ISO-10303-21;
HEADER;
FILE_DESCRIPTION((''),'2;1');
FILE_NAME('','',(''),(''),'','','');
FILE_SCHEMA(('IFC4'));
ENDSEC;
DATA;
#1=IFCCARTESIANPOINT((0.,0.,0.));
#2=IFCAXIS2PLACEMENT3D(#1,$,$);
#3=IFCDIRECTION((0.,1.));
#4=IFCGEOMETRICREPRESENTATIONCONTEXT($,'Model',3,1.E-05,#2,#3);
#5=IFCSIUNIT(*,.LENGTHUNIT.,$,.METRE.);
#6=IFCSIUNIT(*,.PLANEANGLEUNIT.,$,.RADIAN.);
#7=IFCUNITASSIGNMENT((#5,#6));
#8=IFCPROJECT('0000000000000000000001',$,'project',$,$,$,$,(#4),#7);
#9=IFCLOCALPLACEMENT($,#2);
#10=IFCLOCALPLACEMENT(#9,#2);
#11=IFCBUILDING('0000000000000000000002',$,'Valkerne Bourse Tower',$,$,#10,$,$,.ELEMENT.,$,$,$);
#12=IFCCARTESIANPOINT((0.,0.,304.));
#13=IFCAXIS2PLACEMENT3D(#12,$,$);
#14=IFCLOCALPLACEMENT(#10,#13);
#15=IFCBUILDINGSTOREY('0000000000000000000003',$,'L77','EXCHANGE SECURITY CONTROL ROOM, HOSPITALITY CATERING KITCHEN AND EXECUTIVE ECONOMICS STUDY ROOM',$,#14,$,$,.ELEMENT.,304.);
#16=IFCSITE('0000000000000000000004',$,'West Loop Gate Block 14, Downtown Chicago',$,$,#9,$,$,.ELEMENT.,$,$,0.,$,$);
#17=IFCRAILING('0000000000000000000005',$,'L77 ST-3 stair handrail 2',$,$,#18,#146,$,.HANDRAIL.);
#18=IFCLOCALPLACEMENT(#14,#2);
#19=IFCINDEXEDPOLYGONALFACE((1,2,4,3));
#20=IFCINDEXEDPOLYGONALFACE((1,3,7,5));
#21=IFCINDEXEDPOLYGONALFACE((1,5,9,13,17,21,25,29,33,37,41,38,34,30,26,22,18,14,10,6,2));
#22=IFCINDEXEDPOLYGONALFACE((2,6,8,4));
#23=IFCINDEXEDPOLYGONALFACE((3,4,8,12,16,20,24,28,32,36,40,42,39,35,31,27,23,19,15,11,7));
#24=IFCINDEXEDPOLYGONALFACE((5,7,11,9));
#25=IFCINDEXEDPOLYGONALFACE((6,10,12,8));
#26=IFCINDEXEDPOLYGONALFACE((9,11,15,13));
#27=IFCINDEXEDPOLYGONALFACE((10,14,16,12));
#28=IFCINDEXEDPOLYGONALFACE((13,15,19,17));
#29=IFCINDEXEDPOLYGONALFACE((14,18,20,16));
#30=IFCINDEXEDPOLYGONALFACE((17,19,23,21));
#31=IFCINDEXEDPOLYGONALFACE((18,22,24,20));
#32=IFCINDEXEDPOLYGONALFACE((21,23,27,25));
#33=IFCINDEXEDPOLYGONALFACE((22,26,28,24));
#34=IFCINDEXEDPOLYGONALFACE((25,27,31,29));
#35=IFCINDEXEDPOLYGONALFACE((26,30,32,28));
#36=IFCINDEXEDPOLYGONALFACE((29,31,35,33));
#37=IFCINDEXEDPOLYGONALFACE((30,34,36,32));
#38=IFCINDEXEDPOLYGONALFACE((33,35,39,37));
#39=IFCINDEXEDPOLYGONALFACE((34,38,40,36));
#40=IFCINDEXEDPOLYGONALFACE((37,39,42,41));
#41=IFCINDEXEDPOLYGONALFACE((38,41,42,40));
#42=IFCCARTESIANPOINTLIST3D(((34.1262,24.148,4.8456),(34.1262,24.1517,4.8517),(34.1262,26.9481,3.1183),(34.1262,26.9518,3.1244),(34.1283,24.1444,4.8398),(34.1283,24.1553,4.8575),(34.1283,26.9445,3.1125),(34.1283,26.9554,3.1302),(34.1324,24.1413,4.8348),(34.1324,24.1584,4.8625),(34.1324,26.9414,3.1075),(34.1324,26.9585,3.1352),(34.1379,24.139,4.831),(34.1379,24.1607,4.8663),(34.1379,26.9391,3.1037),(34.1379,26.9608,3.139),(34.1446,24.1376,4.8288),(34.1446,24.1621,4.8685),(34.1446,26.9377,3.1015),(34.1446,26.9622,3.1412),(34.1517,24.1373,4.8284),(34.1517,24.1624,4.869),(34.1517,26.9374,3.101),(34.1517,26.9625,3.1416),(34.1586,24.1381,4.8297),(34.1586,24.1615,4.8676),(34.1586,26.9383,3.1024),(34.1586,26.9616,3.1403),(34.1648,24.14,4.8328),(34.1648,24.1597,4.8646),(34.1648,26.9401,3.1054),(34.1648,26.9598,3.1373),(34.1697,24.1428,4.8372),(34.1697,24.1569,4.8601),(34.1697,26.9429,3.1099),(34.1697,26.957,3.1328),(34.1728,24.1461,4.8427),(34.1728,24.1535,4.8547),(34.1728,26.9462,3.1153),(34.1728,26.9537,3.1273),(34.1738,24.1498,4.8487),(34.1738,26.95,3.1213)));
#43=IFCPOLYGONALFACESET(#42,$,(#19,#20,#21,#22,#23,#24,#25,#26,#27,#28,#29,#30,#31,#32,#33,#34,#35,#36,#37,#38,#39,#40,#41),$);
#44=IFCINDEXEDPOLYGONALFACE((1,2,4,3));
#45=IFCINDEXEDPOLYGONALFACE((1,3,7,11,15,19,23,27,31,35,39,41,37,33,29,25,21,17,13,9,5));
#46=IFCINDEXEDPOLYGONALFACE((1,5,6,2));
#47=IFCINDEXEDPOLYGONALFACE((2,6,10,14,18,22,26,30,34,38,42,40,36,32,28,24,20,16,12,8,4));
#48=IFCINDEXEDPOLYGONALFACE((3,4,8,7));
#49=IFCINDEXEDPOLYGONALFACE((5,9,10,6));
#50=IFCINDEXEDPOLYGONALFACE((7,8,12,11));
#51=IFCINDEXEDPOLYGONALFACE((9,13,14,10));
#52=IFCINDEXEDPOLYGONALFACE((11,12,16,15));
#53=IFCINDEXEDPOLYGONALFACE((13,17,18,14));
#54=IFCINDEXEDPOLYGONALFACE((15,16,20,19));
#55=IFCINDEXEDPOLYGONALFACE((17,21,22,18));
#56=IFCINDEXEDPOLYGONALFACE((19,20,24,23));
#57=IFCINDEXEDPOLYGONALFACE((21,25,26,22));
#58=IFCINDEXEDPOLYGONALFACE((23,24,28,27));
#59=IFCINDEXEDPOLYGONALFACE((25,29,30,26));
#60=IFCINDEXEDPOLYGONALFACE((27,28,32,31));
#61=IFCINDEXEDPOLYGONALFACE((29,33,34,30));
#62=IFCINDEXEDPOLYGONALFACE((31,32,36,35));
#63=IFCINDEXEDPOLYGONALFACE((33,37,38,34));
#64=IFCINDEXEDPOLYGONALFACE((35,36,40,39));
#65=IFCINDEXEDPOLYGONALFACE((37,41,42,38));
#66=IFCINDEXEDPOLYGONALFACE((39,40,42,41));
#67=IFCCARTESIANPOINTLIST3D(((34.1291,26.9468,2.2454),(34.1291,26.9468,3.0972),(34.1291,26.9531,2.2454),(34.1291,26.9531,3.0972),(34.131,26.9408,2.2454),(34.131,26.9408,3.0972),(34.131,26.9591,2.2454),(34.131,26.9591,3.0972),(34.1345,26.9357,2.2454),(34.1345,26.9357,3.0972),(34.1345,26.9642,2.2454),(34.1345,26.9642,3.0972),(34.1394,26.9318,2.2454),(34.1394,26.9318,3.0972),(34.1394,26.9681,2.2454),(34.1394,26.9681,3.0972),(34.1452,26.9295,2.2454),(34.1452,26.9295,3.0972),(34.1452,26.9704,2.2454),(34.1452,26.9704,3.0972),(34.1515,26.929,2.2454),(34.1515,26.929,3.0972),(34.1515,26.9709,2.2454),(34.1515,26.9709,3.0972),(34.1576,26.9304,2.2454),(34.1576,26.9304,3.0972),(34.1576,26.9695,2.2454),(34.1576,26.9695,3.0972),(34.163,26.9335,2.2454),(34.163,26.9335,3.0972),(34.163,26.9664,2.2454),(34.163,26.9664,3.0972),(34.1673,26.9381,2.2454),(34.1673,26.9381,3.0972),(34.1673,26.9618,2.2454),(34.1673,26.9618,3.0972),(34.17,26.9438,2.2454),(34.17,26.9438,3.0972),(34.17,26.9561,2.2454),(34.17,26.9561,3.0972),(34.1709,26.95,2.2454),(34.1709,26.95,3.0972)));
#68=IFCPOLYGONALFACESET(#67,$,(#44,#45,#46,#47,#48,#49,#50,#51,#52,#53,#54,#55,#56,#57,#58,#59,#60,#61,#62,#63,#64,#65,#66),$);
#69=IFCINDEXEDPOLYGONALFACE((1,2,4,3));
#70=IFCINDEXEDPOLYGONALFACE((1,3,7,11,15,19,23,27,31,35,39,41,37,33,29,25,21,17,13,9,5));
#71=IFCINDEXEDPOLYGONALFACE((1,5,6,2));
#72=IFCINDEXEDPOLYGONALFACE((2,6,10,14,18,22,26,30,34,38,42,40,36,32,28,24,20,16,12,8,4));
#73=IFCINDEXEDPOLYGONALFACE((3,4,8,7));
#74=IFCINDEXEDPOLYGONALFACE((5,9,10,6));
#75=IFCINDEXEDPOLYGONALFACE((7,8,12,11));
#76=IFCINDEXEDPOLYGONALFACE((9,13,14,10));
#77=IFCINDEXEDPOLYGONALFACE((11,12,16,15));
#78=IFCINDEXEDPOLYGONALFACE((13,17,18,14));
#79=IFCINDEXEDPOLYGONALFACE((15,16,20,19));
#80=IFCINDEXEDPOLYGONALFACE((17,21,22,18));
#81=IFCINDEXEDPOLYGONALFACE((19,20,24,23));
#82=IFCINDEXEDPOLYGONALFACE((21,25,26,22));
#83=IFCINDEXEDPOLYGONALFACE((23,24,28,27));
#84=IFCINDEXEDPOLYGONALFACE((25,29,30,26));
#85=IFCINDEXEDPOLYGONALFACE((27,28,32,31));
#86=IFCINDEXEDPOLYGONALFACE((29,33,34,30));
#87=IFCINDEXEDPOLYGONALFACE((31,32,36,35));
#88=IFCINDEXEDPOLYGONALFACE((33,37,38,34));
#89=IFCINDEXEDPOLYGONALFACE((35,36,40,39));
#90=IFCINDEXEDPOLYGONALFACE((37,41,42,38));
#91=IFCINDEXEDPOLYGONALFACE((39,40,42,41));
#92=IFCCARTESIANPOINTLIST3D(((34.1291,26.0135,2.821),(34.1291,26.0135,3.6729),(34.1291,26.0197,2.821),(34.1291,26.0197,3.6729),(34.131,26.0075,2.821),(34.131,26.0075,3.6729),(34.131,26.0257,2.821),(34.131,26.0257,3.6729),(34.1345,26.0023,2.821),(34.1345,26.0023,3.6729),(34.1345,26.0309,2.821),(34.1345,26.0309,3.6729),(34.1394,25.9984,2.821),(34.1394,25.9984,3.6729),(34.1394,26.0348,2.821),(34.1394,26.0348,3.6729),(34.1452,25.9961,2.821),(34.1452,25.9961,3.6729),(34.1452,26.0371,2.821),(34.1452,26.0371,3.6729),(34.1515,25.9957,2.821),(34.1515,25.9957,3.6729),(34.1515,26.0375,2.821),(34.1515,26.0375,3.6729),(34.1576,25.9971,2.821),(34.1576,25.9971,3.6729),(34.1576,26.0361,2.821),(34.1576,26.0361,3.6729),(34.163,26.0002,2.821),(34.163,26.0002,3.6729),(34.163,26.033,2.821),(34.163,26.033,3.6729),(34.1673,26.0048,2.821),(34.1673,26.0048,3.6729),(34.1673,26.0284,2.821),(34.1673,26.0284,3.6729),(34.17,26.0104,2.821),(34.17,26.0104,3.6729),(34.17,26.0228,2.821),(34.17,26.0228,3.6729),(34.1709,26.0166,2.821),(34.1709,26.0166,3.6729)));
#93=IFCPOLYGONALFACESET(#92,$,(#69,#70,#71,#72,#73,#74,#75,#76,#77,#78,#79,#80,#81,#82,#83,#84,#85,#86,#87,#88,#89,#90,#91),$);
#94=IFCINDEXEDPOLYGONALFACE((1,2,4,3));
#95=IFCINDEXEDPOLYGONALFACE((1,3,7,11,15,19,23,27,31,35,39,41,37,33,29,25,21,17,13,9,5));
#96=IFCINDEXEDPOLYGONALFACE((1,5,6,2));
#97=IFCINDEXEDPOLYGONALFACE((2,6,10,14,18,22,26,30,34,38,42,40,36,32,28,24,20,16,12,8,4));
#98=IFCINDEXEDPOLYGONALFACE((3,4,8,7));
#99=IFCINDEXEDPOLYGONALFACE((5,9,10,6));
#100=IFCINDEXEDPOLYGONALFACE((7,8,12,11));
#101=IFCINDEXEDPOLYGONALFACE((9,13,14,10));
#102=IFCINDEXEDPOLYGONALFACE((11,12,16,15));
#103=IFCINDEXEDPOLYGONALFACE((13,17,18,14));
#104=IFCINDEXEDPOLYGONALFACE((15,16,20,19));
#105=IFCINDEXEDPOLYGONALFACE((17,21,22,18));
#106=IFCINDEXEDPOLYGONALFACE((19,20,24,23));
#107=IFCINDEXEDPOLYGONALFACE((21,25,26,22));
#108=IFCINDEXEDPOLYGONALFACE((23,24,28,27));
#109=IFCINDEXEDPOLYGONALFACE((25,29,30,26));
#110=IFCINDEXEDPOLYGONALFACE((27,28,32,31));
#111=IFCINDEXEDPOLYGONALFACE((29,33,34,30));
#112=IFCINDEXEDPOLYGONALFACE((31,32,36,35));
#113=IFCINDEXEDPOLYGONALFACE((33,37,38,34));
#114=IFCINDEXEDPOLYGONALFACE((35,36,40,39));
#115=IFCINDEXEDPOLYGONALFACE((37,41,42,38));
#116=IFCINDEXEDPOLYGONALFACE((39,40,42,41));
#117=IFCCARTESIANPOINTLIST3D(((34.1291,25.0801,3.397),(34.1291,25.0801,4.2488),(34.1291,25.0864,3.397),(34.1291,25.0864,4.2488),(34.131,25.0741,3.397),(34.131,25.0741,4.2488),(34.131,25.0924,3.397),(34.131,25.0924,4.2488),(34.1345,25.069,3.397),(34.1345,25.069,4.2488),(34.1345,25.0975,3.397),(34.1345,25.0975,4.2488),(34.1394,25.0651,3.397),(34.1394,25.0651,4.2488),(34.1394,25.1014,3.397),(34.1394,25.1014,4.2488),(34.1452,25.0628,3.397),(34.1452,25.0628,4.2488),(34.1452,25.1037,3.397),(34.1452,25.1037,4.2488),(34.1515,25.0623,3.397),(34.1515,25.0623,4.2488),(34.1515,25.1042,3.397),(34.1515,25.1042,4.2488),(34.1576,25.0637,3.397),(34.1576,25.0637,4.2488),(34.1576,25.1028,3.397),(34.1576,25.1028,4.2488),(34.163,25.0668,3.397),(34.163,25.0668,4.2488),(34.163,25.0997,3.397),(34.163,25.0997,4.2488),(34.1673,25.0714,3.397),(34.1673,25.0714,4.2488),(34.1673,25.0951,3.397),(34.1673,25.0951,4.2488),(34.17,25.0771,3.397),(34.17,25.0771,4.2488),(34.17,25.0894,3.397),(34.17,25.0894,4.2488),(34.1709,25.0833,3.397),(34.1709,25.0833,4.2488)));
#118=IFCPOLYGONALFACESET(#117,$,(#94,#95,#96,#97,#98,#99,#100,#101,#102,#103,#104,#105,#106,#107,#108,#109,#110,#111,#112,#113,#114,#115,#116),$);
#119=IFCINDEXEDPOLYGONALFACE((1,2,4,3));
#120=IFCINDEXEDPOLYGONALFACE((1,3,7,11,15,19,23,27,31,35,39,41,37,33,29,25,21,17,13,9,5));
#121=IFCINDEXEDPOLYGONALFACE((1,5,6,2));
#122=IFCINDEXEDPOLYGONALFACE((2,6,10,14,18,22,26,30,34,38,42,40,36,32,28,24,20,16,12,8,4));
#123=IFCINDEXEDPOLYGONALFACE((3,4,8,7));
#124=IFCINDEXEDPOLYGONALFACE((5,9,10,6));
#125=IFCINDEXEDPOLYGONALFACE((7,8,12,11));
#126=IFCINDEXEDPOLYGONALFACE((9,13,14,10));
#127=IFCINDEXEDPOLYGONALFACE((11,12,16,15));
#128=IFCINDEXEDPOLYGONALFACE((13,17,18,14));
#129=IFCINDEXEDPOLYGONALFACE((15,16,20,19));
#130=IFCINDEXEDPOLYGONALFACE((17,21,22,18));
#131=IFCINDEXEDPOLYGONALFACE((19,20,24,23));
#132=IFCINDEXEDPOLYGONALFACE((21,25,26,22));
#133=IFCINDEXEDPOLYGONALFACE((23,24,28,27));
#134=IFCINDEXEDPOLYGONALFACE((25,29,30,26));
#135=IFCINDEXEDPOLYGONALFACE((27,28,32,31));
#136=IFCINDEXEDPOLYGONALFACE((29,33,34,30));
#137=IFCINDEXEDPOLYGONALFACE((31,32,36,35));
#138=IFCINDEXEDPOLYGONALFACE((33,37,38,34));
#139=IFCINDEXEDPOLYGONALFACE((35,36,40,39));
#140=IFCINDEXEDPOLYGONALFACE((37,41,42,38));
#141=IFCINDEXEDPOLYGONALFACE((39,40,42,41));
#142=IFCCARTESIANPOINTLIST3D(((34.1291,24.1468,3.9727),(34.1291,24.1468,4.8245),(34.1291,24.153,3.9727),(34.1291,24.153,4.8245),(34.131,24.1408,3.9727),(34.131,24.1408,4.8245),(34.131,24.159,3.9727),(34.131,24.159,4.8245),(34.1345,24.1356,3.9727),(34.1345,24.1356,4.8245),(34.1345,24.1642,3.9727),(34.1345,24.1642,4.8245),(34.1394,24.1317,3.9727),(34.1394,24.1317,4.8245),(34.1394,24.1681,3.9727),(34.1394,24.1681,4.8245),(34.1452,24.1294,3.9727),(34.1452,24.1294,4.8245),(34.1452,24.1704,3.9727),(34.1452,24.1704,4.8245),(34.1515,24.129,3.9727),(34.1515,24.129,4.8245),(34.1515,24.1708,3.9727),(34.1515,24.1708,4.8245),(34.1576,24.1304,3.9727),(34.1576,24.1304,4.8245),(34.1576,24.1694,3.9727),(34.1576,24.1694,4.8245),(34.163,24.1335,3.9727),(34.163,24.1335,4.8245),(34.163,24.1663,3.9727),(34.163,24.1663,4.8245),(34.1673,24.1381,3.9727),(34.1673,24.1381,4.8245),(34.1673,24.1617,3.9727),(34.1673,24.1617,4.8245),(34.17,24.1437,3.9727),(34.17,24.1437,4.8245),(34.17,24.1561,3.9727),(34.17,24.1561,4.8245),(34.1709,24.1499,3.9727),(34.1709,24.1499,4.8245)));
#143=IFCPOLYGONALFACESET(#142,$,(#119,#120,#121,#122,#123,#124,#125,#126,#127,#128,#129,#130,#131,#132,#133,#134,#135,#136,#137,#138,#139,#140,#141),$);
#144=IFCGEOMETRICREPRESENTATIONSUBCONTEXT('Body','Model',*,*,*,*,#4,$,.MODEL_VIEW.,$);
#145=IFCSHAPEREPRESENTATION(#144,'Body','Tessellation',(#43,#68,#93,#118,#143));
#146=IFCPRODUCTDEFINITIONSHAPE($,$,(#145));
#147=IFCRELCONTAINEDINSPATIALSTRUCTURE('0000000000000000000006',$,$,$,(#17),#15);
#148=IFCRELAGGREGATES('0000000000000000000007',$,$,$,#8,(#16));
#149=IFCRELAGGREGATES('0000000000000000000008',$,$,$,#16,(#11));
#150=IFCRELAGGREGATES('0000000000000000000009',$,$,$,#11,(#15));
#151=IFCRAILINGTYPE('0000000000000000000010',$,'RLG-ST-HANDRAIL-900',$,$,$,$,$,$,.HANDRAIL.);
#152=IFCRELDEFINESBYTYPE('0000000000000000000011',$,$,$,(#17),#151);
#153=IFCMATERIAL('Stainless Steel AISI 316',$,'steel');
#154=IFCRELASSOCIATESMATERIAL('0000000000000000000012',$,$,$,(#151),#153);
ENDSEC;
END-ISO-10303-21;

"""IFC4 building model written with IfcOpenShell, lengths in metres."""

from ifc_helpers import new_model, si_unit, direction, frame, origin, origin_2d, place, context, subcontext, project, spatial, circle, extrude, material, type_object, element, save


model = new_model("IFC4")

# Units and contexts
model_context = context("Model", 3, precision=1e-05, world=origin(), true_north=direction((0.0, 1.0)))
body_context = subcontext(model_context, "Body", "Model", "MODEL_VIEW")
ifc_project = project(units=[si_unit("LENGTHUNIT", "METRE"), si_unit("PLANEANGLEUNIT", "RADIAN")], contexts=[model_context])

# Site, building, storey
site_placement = place(None, origin())
site = spatial("IfcSite", under=ifc_project, at=site_placement, Name="West Loop Gate Block 14, Downtown Chicago", CompositionType="ELEMENT", RefElevation=0.0)
building_placement = place(site_placement, origin())
building = spatial("IfcBuilding", under=site, at=building_placement, Name="Valkerne Bourse Tower", CompositionType="ELEMENT")
storey_placement = place(building_placement, frame((0.0, 0.0, 304.0)))
storey = spatial("IfcBuildingStorey", under=building, at=storey_placement, Name="L77", Description="EXCHANGE SECURITY CONTROL ROOM, HOSPITALITY CATERING KITCHEN AND EXECUTIVE ECONOMICS STUDY ROOM", CompositionType="ELEMENT", Elevation=304.0)

# Shared definitions
ifc_material_1 = material(Name="Stainless Steel AISI 316", Category="steel")

# Railing
railing_type_1 = type_object("IfcRailingType", Name="RLG-ST-HANDRAIL-900", PredefinedType="HANDRAIL", material=ifc_material_1)
railing_1_placement = place(storey_placement, frame((34.1499, 26.95, 2.2454)))
element("IfcRailing", 1, at=railing_1_placement, inside=storey, type_object=railing_type_1, Name="L77 ST-3 stair handrail 2", PredefinedType="HANDRAIL", context=body_context, shape_type="SweptSolid", body=[
    extrude(circle(Radius=0.0239, at=origin_2d()), frame((0.0, 0.0, 0.876), z_axis=(0.0, -0.85109, 0.52502), x_axis=(1.0, 0.0, 0.0)), (0.0, 0.0, 1.0), 3.29),
    extrude(circle(Radius=0.021, at=origin_2d()), origin(), (0.0, 0.0, 1.0), 0.8518),
    extrude(circle(Radius=0.021, at=origin_2d()), frame((0.0, -0.9333, 0.5757)), (0.0, 0.0, 1.0), 0.8518),
    extrude(circle(Radius=0.021, at=origin_2d()), frame((0.0, -1.8667, 1.1516)), (0.0, 0.0, 1.0), 0.8518),
    extrude(circle(Radius=0.021, at=origin_2d()), frame((0.0, -2.8, 1.7273)), (0.0, 0.0, 1.0), 0.8518),
])

save(model, "model.ifc")
